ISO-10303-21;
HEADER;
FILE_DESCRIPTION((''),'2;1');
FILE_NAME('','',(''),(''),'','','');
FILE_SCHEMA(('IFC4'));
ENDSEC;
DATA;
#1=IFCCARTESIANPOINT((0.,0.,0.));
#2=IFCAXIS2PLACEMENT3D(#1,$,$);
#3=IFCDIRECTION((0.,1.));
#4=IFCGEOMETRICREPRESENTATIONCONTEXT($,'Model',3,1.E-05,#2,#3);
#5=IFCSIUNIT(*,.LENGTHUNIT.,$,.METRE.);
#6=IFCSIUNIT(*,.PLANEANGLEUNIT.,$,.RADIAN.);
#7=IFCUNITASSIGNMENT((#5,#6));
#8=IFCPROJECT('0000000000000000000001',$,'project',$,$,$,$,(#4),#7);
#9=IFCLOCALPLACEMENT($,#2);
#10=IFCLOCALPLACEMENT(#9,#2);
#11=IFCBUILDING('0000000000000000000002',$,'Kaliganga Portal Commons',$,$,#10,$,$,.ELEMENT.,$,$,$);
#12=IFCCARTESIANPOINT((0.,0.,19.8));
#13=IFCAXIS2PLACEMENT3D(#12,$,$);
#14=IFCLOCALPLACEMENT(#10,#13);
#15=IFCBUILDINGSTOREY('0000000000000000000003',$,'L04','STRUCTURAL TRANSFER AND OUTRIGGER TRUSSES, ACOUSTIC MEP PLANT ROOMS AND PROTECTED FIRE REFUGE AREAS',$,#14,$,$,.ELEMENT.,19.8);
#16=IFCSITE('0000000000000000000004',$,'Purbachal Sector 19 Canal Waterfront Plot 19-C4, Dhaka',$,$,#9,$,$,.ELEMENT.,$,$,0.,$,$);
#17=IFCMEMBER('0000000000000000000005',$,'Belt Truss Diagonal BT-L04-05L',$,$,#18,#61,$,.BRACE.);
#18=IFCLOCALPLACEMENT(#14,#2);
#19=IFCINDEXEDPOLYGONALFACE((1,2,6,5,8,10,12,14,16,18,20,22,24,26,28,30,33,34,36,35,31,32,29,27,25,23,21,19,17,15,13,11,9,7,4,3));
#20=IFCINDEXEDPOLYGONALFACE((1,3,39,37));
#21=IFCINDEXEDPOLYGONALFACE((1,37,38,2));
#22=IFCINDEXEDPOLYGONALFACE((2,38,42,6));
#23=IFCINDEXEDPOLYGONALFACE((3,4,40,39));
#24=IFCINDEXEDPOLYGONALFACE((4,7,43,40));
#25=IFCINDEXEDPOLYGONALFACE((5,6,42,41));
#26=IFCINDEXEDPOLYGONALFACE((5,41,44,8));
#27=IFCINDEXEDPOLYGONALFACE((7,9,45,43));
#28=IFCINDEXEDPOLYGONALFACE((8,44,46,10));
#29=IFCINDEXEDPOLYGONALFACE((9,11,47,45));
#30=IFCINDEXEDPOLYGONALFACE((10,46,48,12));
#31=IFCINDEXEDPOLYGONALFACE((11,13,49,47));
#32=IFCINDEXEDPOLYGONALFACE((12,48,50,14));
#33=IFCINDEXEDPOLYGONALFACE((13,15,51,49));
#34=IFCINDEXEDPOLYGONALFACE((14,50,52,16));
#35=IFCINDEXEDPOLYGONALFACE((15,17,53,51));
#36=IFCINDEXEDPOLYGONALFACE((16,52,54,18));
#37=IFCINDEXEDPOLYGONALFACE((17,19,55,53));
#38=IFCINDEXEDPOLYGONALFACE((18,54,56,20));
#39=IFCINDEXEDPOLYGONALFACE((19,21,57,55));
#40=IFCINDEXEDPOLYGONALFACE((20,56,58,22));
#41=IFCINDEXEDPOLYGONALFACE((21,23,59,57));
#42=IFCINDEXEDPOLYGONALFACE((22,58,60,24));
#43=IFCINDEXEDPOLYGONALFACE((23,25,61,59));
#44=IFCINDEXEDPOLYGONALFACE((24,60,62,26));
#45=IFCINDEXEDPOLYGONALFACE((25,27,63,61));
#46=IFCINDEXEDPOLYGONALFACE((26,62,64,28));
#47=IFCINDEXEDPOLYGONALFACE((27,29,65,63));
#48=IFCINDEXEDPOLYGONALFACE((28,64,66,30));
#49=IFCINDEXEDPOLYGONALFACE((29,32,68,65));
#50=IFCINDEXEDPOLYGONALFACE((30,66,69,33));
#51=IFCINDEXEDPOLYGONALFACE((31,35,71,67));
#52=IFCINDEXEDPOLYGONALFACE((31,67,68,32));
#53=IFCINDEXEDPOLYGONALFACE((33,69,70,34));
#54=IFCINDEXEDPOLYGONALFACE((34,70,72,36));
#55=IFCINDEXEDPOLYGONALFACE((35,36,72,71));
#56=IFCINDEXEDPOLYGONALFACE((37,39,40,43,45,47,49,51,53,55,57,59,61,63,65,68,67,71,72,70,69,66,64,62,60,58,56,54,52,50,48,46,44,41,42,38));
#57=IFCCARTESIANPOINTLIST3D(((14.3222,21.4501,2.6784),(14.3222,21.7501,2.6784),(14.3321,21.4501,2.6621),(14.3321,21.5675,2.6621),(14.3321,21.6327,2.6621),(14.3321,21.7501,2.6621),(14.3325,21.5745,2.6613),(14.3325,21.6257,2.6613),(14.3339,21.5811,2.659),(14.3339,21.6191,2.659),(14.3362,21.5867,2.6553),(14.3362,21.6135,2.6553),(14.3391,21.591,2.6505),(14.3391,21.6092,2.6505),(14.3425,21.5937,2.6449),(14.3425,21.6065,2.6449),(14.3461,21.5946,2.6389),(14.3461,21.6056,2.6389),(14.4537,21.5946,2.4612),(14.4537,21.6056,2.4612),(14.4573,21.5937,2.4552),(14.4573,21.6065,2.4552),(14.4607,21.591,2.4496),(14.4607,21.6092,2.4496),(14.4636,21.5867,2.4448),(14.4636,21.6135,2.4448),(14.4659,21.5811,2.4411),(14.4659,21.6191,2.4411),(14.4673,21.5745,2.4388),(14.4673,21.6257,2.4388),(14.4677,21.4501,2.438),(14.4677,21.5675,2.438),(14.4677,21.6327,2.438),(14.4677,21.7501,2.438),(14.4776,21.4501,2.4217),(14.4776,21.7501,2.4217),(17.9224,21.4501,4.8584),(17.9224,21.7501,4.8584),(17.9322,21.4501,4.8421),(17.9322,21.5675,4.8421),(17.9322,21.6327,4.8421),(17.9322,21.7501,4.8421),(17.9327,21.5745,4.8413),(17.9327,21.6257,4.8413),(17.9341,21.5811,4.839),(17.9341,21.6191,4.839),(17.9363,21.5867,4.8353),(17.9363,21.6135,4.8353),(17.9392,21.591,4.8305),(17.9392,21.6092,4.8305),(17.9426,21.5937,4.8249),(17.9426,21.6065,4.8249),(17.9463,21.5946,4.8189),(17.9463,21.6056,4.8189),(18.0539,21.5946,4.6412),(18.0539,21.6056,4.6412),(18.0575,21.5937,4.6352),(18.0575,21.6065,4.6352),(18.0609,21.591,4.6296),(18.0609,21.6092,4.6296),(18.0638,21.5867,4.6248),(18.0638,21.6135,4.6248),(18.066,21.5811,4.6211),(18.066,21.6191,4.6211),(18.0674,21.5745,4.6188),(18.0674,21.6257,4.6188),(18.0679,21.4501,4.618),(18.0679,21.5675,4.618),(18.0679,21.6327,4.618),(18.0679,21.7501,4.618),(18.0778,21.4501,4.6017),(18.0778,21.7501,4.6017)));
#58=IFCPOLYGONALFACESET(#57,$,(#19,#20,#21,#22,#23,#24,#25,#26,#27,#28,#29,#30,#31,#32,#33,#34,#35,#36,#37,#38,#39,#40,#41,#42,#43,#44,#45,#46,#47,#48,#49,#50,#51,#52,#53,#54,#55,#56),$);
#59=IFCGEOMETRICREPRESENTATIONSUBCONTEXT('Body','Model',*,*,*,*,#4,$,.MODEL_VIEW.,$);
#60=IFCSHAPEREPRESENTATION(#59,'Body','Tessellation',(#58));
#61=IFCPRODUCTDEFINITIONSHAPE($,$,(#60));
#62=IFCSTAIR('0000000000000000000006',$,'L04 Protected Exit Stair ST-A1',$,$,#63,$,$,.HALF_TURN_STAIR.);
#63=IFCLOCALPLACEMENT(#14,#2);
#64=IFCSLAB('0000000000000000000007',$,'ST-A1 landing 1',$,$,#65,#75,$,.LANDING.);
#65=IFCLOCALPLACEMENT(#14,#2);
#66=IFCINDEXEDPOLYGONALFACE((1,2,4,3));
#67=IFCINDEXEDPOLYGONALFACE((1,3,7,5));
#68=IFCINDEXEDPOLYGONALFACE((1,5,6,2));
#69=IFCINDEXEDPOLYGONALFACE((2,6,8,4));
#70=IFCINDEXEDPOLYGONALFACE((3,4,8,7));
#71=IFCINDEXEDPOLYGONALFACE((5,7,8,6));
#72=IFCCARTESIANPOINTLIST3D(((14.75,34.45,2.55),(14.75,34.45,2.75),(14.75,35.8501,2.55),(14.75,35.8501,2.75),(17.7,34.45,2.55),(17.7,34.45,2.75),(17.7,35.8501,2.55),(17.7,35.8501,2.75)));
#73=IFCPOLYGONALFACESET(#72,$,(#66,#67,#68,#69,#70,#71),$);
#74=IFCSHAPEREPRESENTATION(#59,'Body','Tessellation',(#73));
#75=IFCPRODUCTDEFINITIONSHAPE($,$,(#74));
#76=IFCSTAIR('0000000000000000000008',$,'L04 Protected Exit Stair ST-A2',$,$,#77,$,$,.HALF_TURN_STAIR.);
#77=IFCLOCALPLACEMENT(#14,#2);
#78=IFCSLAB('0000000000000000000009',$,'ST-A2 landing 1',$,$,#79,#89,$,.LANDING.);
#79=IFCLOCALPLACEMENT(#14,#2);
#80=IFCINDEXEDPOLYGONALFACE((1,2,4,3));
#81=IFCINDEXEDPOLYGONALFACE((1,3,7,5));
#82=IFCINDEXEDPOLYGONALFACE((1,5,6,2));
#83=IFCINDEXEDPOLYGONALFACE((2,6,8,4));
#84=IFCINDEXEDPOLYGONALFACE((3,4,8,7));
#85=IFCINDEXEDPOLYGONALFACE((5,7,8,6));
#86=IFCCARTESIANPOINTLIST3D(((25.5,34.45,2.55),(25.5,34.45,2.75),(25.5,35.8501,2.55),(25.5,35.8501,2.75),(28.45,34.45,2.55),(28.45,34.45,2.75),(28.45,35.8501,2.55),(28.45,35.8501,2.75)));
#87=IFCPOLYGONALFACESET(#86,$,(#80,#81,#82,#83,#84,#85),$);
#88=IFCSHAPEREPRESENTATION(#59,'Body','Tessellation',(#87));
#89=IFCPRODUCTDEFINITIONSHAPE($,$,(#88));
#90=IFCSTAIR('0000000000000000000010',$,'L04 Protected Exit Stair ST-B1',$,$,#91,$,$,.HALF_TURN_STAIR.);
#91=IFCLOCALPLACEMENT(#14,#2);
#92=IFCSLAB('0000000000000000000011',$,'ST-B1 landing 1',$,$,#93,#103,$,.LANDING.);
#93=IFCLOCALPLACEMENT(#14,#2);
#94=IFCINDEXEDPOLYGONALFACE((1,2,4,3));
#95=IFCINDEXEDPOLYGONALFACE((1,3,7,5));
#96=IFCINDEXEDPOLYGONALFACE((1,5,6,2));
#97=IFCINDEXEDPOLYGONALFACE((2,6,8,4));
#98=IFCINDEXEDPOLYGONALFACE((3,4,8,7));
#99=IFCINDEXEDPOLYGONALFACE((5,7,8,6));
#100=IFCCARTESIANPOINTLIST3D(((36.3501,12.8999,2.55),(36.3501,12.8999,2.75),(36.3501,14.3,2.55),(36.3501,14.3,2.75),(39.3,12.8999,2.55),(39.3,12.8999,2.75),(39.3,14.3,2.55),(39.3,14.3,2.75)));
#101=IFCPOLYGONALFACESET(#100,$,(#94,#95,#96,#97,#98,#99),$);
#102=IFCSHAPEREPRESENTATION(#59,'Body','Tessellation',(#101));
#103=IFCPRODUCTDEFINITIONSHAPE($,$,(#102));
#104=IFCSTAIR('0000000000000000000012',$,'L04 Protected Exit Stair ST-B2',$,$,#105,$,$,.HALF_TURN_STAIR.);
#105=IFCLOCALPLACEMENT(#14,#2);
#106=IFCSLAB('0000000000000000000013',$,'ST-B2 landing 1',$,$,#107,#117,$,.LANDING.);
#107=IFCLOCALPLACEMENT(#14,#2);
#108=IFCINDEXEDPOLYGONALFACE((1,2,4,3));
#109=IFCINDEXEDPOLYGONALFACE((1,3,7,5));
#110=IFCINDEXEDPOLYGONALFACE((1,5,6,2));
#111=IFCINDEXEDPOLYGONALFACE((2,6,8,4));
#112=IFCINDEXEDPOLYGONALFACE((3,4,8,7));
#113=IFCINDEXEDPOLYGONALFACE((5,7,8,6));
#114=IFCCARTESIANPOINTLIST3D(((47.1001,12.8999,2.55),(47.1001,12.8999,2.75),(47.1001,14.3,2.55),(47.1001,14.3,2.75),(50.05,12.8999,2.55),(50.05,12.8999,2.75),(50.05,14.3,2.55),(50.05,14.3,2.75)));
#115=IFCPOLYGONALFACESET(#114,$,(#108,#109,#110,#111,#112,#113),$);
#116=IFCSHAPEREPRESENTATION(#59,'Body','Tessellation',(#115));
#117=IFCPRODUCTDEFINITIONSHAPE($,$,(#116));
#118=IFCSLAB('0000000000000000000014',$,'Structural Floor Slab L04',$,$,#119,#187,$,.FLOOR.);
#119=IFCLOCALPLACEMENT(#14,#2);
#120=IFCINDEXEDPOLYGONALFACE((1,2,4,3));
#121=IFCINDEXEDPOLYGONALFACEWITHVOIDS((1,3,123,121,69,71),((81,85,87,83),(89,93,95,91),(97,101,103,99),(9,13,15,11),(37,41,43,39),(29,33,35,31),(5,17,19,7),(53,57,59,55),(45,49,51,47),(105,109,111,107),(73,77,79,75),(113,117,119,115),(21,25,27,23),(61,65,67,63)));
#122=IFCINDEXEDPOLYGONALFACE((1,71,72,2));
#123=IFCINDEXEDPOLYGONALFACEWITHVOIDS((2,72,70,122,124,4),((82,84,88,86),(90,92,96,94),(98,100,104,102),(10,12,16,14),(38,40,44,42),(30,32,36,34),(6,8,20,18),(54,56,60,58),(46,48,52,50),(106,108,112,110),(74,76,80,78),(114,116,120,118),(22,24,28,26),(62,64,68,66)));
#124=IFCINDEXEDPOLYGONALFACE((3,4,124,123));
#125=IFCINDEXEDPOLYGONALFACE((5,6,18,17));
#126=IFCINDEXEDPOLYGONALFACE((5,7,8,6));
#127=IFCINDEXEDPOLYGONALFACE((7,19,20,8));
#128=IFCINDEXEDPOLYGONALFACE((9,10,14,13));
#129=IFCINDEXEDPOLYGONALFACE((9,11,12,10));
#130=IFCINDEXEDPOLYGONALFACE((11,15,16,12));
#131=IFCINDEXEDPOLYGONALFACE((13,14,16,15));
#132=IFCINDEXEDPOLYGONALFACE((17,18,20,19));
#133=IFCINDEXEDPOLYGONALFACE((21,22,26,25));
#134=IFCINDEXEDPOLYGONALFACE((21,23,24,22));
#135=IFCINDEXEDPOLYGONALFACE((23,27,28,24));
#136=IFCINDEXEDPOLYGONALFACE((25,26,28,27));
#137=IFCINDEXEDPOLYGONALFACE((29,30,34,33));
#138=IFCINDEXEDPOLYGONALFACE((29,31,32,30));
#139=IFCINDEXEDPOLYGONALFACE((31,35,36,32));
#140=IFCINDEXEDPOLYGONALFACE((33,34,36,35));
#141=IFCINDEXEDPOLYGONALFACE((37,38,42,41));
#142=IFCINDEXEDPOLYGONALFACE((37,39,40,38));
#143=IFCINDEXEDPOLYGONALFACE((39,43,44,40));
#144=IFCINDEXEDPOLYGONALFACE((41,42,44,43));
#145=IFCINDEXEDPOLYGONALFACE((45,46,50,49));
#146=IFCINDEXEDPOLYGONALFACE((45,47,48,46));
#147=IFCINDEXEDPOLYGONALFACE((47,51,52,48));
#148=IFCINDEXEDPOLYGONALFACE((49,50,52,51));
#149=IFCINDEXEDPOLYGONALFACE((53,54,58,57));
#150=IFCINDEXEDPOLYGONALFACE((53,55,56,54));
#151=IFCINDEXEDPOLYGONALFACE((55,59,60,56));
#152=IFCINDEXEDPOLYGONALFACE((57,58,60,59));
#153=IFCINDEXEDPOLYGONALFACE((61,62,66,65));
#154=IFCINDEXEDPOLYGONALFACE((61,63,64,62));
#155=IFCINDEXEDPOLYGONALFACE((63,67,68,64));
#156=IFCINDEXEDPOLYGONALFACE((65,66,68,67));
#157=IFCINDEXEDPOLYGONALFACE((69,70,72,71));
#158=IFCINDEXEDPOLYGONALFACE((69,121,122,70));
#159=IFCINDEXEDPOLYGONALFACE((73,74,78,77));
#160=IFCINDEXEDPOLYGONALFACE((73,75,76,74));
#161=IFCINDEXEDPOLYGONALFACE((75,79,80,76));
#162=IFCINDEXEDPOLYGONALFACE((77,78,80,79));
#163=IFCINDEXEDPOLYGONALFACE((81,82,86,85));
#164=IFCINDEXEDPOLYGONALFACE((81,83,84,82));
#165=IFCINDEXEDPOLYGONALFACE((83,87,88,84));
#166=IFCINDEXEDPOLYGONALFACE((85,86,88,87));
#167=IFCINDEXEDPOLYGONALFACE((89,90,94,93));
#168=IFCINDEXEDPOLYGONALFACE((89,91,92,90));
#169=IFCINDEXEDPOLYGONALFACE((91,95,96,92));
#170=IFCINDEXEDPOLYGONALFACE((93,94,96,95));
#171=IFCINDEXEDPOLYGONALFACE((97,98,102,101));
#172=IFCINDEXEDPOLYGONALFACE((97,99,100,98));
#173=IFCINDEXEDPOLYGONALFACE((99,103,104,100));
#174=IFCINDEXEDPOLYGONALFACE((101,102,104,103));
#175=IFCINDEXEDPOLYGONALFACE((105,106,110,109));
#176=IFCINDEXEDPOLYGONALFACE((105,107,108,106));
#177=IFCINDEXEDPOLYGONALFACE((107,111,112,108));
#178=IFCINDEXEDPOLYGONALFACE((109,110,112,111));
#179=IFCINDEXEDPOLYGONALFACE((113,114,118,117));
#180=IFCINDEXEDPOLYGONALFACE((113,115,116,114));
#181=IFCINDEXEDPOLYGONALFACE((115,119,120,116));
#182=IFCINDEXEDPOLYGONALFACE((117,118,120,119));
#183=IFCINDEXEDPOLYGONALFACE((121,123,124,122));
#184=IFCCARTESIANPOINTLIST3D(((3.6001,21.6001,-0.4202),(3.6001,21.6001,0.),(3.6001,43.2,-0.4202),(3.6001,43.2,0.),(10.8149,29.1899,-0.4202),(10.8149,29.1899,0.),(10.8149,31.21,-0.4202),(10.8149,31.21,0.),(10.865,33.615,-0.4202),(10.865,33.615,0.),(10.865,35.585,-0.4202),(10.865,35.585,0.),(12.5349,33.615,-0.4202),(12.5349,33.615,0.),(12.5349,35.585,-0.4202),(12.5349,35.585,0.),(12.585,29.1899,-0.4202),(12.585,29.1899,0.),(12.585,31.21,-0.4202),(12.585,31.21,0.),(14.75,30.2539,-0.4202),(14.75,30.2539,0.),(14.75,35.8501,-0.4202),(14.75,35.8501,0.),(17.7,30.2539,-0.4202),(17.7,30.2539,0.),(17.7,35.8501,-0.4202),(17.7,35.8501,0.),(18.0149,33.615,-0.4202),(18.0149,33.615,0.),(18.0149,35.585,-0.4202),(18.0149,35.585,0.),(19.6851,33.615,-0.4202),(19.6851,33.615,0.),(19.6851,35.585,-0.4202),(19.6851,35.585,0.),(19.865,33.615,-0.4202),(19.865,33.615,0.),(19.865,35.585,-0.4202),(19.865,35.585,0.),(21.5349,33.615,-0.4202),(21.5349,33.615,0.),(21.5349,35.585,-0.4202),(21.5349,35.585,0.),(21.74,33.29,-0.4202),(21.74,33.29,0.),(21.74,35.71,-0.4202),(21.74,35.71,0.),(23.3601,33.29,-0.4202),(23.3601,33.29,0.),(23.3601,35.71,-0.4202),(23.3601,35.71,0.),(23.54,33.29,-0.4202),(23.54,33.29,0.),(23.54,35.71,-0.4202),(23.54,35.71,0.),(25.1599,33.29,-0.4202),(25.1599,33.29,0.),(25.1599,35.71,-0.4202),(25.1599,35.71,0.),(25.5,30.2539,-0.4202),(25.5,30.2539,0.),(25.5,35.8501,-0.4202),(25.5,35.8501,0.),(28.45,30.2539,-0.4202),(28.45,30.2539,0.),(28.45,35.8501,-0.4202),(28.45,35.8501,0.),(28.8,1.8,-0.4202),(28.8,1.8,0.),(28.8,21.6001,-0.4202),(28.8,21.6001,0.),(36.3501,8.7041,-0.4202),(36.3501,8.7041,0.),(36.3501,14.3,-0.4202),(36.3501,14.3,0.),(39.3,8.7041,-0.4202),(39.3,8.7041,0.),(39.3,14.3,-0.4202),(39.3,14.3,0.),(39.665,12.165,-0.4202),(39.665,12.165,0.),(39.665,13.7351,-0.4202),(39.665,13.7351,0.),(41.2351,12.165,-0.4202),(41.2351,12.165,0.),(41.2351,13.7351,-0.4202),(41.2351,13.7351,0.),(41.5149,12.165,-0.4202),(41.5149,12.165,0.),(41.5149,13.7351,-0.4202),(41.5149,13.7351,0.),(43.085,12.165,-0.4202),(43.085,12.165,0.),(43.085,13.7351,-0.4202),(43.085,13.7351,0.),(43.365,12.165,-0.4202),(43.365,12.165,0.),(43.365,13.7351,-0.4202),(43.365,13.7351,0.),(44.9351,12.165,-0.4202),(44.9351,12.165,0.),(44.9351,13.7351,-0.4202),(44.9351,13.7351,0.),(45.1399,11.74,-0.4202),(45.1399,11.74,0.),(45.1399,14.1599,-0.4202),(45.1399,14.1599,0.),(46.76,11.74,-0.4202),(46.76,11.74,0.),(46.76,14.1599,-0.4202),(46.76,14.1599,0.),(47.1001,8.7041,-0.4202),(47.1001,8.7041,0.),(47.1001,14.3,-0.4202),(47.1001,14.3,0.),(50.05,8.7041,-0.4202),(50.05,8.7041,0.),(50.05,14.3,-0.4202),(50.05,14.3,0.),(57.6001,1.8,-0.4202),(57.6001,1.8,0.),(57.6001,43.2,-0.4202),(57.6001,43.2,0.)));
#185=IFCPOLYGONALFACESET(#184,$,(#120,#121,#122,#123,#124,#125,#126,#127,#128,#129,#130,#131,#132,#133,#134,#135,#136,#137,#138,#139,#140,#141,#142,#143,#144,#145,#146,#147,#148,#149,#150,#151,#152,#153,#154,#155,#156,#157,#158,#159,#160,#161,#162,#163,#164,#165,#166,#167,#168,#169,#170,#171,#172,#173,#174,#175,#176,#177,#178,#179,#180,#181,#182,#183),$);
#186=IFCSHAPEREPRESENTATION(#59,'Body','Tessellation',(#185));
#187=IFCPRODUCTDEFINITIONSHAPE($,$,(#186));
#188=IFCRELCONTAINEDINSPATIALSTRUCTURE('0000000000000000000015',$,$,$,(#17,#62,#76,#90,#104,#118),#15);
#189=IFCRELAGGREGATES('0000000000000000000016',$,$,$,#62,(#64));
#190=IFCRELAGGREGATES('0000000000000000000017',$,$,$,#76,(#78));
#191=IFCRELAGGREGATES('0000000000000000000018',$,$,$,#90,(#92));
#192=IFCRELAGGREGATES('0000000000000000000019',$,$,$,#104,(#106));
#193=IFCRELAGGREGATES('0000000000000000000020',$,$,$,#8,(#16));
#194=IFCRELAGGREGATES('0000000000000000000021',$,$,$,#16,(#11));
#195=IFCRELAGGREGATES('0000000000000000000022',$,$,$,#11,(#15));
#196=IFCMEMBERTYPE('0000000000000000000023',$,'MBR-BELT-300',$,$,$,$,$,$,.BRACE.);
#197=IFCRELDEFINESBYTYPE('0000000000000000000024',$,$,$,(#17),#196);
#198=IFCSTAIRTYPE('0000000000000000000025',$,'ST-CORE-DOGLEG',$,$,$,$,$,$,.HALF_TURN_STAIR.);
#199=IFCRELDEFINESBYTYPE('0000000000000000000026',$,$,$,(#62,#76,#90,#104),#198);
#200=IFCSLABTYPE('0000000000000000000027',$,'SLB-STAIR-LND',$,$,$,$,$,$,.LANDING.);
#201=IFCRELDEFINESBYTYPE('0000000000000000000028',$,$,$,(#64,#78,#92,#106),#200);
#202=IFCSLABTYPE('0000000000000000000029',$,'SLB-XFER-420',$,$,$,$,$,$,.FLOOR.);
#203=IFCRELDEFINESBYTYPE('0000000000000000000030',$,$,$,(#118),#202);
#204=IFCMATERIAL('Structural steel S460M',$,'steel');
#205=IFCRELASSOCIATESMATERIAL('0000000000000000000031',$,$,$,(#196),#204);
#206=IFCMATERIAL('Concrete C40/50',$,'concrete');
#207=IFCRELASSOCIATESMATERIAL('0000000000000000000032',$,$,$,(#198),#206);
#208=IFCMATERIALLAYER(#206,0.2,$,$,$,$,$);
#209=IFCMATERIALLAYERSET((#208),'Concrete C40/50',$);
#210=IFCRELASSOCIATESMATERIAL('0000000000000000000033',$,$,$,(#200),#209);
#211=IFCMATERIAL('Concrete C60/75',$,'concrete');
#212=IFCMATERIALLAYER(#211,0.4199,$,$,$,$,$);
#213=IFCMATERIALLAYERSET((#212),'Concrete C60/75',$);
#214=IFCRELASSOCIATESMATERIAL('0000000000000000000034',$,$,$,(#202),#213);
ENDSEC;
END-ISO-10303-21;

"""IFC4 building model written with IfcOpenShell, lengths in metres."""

from ifc_helpers import new_model, si_unit, direction, frame, origin, origin_2d, place, context, subcontext, project, spatial, polyline, i_section, outline, extrude, source, transform, mapped, material, layer, layer_set, material_profile, profile_set, type_object, element, aggregate, save


model = new_model("IFC4")

# Units and contexts
model_context = context("Model", 3, precision=1e-05, world=origin(), true_north=direction((0.0, 1.0)))
body_context = subcontext(model_context, "Body", "Model", "MODEL_VIEW")
ifc_project = project(units=[si_unit("LENGTHUNIT", "METRE"), si_unit("PLANEANGLEUNIT", "RADIAN")], contexts=[model_context])

# Site, building, storey
site_placement = place(None, origin())
site = spatial("IfcSite", under=ifc_project, at=site_placement, Name="Purbachal Sector 19 Canal Waterfront Plot 19-C4, Dhaka", CompositionType="ELEMENT", RefElevation=0.0)
building_placement = place(site_placement, origin())
building = spatial("IfcBuilding", under=site, at=building_placement, Name="Kaliganga Portal Commons", CompositionType="ELEMENT")
storey_placement = place(building_placement, frame((0.0, 0.0, 19.8)))
storey = spatial("IfcBuildingStorey", under=building, at=storey_placement, Name="L04", Description="STRUCTURAL TRANSFER AND OUTRIGGER TRUSSES, ACOUSTIC MEP PLANT ROOMS AND PROTECTED FIRE REFUGE AREAS", CompositionType="ELEMENT", Elevation=19.8)

# Member
ifc_material_1 = material(Name="Structural steel S460M", Category="steel")
ifc_material_profile_1 = material_profile(ifc_material_1, i_section(OverallWidth=0.3, OverallDepth=0.3, WebThickness=0.011, FlangeThickness=0.019, FilletRadius=0.0271, at=origin_2d()), Name="HE 300 B")
ifc_profile_set_1 = profile_set([ifc_material_profile_1], Name="Structural steel S460M wide-flange")
member_type_1 = type_object("IfcMemberType", Name="MBR-BELT-300", PredefinedType="BRACE", material=ifc_profile_set_1)
shared_shape_1 = source(origin(), body_context, "Body", "SweptSolid", [
    extrude(i_section(OverallWidth=0.3, OverallDepth=0.3, WebThickness=0.011, FlangeThickness=0.019, FilletRadius=0.0271, at=origin_2d()), origin(), (0.0, 0.0, 1.0), 4.2087),
])
member_1_placement = place(storey_placement, frame((14.3999, 21.6001, 2.55), z_axis=(0.855403, 0.0, 0.517964), x_axis=(0.0, 1.0, 0.0)))
element("IfcMember", 1, at=member_1_placement, inside=storey, type_object=member_type_1, Name="Belt Truss Diagonal BT-L04-05L", PredefinedType="BRACE", context=body_context, shape_type="MappedRepresentation", body=[
    mapped(shared_shape_1, transform((0.0, 0.0, 0.0), x_axis=(1.0, 0.0, 0.0), y_axis=(0.0, 1.0, 0.0), z_axis=(0.0, 0.0, 1.0), scale=1.0)),
])

# Stairs, slabs
ifc_material_2 = material(Name="Concrete C40/50", Category="concrete")
stair_type = type_object("IfcStairType", Name="ST-CORE-DOGLEG", PredefinedType="HALF_TURN_STAIR", material=ifc_material_2)
stair_1_placement = place(storey_placement, origin())
stair_1 = element("IfcStair", 2, at=stair_1_placement, inside=storey, type_object=stair_type, Name="L04 Protected Exit Stair ST-A1", PredefinedType="HALF_TURN_STAIR")
ifc_layer_1 = layer(ifc_material_2, 0.2)
ifc_layer_set_1 = layer_set([ifc_layer_1], Name="Concrete C40/50")
slab_type_1 = type_object("IfcSlabType", Name="SLB-STAIR-LND", PredefinedType="LANDING", material=ifc_layer_set_1)
slab_1_placement = place(storey_placement, frame((0.0, 0.0, 2.55)))
slab_1 = element("IfcSlab", 3, at=slab_1_placement, type_object=slab_type_1, Name="ST-A1 landing 1", PredefinedType="LANDING", context=body_context, shape_type="SweptSolid", body=[
    extrude(outline(polyline([(17.7, 34.45), (17.7, 35.8501), (14.75, 35.8501), (14.75, 34.45), (17.7, 34.45)])), origin(), (0.0, 0.0, 1.0), 0.2),
])
aggregate(stair_1, [slab_1])
stair_2_placement = place(storey_placement, origin())
stair_2 = element("IfcStair", 4, at=stair_2_placement, inside=storey, type_object=stair_type, Name="L04 Protected Exit Stair ST-A2", PredefinedType="HALF_TURN_STAIR")
slab_2_placement = place(storey_placement, frame((0.0, 0.0, 2.55)))
slab_2 = element("IfcSlab", 5, at=slab_2_placement, type_object=slab_type_1, Name="ST-A2 landing 1", PredefinedType="LANDING", context=body_context, shape_type="SweptSolid", body=[
    extrude(outline(polyline([(28.45, 34.45), (28.45, 35.8501), (25.5, 35.8501), (25.5, 34.45), (28.45, 34.45)])), origin(), (0.0, 0.0, 1.0), 0.2),
])
aggregate(stair_2, [slab_2])
stair_3_placement = place(storey_placement, origin())
stair_3 = element("IfcStair", 6, at=stair_3_placement, inside=storey, type_object=stair_type, Name="L04 Protected Exit Stair ST-B1", PredefinedType="HALF_TURN_STAIR")
slab_3_placement = place(storey_placement, frame((0.0, 0.0, 2.55)))
slab_3 = element("IfcSlab", 7, at=slab_3_placement, type_object=slab_type_1, Name="ST-B1 landing 1", PredefinedType="LANDING", context=body_context, shape_type="SweptSolid", body=[
    extrude(outline(polyline([(39.3, 12.8999), (39.3, 14.3), (36.3501, 14.3), (36.3501, 12.8999), (39.3, 12.8999)])), origin(), (0.0, 0.0, 1.0), 0.2),
])
aggregate(stair_3, [slab_3])
stair_4_placement = place(storey_placement, origin())
stair_4 = element("IfcStair", 8, at=stair_4_placement, inside=storey, type_object=stair_type, Name="L04 Protected Exit Stair ST-B2", PredefinedType="HALF_TURN_STAIR")
slab_4_placement = place(storey_placement, frame((0.0, 0.0, 2.55)))
slab_4 = element("IfcSlab", 9, at=slab_4_placement, type_object=slab_type_1, Name="ST-B2 landing 1", PredefinedType="LANDING", context=body_context, shape_type="SweptSolid", body=[
    extrude(outline(polyline([(50.05, 12.8999), (50.05, 14.3), (47.1001, 14.3), (47.1001, 12.8999), (50.05, 12.8999)])), origin(), (0.0, 0.0, 1.0), 0.2),
])
aggregate(stair_4, [slab_4])

# Slab
ifc_material_3 = material(Name="Concrete C60/75", Category="concrete")
ifc_layer_2 = layer(ifc_material_3, 0.4199)
ifc_layer_set_2 = layer_set([ifc_layer_2], Name="Concrete C60/75")
slab_type_2 = type_object("IfcSlabType", Name="SLB-XFER-420", PredefinedType="FLOOR", material=ifc_layer_set_2)
slab_5_placement = place(storey_placement, frame((0.0, 0.0, -0.4202)))
element("IfcSlab", 10, at=slab_5_placement, inside=storey, type_object=slab_type_2, Name="Structural Floor Slab L04", PredefinedType="FLOOR", context=body_context, shape_type="SweptSolid", body=[
    extrude(outline(polyline([(28.8, 1.8), (57.6001, 1.8), (57.6001, 43.2), (3.6001, 43.2), (3.6001, 21.6001), (28.8, 21.6001), (28.8, 1.8)]), holes=[polyline([(14.75, 30.2539), (14.75, 35.8501), (17.7, 35.8501), (17.7, 30.2539), (14.75, 30.2539)]), polyline([(25.5, 30.2539), (25.5, 35.8501), (28.45, 35.8501), (28.45, 30.2539), (25.5, 30.2539)]), polyline([(36.3501, 8.7041), (36.3501, 14.3), (39.3, 14.3), (39.3, 8.7041), (36.3501, 8.7041)]), polyline([(47.1001, 8.7041), (47.1001, 14.3), (50.05, 14.3), (50.05, 8.7041), (47.1001, 8.7041)]), polyline([(18.0149, 33.615), (18.0149, 35.585), (19.6851, 35.585), (19.6851, 33.615), (18.0149, 33.615)]), polyline([(19.865, 33.615), (19.865, 35.585), (21.5349, 35.585), (21.5349, 33.615), (19.865, 33.615)]), polyline([(10.8149, 29.1899), (10.8149, 31.21), (12.585, 31.21), (12.585, 29.1899), (10.8149, 29.1899)]), polyline([(10.865, 33.615), (10.865, 35.585), (12.5349, 35.585), (12.5349, 33.615), (10.865, 33.615)]), polyline([(21.74, 33.29), (21.74, 35.71), (23.3601, 35.71), (23.3601, 33.29), (21.74, 33.29)]), polyline([(23.54, 33.29), (23.54, 35.71), (25.1599, 35.71), (25.1599, 33.29), (23.54, 33.29)]), polyline([(39.665, 12.165), (39.665, 13.7351), (41.2351, 13.7351), (41.2351, 12.165), (39.665, 12.165)]), polyline([(41.5149, 12.165), (41.5149, 13.7351), (43.085, 13.7351), (43.085, 12.165), (41.5149, 12.165)]), polyline([(43.365, 12.165), (43.365, 13.7351), (44.9351, 13.7351), (44.9351, 12.165), (43.365, 12.165)]), polyline([(45.1399, 11.74), (45.1399, 14.1599), (46.76, 14.1599), (46.76, 11.74), (45.1399, 11.74)])]), origin(), (0.0, 0.0, 1.0), 0.4202),
])

save(model, "model.ifc")
